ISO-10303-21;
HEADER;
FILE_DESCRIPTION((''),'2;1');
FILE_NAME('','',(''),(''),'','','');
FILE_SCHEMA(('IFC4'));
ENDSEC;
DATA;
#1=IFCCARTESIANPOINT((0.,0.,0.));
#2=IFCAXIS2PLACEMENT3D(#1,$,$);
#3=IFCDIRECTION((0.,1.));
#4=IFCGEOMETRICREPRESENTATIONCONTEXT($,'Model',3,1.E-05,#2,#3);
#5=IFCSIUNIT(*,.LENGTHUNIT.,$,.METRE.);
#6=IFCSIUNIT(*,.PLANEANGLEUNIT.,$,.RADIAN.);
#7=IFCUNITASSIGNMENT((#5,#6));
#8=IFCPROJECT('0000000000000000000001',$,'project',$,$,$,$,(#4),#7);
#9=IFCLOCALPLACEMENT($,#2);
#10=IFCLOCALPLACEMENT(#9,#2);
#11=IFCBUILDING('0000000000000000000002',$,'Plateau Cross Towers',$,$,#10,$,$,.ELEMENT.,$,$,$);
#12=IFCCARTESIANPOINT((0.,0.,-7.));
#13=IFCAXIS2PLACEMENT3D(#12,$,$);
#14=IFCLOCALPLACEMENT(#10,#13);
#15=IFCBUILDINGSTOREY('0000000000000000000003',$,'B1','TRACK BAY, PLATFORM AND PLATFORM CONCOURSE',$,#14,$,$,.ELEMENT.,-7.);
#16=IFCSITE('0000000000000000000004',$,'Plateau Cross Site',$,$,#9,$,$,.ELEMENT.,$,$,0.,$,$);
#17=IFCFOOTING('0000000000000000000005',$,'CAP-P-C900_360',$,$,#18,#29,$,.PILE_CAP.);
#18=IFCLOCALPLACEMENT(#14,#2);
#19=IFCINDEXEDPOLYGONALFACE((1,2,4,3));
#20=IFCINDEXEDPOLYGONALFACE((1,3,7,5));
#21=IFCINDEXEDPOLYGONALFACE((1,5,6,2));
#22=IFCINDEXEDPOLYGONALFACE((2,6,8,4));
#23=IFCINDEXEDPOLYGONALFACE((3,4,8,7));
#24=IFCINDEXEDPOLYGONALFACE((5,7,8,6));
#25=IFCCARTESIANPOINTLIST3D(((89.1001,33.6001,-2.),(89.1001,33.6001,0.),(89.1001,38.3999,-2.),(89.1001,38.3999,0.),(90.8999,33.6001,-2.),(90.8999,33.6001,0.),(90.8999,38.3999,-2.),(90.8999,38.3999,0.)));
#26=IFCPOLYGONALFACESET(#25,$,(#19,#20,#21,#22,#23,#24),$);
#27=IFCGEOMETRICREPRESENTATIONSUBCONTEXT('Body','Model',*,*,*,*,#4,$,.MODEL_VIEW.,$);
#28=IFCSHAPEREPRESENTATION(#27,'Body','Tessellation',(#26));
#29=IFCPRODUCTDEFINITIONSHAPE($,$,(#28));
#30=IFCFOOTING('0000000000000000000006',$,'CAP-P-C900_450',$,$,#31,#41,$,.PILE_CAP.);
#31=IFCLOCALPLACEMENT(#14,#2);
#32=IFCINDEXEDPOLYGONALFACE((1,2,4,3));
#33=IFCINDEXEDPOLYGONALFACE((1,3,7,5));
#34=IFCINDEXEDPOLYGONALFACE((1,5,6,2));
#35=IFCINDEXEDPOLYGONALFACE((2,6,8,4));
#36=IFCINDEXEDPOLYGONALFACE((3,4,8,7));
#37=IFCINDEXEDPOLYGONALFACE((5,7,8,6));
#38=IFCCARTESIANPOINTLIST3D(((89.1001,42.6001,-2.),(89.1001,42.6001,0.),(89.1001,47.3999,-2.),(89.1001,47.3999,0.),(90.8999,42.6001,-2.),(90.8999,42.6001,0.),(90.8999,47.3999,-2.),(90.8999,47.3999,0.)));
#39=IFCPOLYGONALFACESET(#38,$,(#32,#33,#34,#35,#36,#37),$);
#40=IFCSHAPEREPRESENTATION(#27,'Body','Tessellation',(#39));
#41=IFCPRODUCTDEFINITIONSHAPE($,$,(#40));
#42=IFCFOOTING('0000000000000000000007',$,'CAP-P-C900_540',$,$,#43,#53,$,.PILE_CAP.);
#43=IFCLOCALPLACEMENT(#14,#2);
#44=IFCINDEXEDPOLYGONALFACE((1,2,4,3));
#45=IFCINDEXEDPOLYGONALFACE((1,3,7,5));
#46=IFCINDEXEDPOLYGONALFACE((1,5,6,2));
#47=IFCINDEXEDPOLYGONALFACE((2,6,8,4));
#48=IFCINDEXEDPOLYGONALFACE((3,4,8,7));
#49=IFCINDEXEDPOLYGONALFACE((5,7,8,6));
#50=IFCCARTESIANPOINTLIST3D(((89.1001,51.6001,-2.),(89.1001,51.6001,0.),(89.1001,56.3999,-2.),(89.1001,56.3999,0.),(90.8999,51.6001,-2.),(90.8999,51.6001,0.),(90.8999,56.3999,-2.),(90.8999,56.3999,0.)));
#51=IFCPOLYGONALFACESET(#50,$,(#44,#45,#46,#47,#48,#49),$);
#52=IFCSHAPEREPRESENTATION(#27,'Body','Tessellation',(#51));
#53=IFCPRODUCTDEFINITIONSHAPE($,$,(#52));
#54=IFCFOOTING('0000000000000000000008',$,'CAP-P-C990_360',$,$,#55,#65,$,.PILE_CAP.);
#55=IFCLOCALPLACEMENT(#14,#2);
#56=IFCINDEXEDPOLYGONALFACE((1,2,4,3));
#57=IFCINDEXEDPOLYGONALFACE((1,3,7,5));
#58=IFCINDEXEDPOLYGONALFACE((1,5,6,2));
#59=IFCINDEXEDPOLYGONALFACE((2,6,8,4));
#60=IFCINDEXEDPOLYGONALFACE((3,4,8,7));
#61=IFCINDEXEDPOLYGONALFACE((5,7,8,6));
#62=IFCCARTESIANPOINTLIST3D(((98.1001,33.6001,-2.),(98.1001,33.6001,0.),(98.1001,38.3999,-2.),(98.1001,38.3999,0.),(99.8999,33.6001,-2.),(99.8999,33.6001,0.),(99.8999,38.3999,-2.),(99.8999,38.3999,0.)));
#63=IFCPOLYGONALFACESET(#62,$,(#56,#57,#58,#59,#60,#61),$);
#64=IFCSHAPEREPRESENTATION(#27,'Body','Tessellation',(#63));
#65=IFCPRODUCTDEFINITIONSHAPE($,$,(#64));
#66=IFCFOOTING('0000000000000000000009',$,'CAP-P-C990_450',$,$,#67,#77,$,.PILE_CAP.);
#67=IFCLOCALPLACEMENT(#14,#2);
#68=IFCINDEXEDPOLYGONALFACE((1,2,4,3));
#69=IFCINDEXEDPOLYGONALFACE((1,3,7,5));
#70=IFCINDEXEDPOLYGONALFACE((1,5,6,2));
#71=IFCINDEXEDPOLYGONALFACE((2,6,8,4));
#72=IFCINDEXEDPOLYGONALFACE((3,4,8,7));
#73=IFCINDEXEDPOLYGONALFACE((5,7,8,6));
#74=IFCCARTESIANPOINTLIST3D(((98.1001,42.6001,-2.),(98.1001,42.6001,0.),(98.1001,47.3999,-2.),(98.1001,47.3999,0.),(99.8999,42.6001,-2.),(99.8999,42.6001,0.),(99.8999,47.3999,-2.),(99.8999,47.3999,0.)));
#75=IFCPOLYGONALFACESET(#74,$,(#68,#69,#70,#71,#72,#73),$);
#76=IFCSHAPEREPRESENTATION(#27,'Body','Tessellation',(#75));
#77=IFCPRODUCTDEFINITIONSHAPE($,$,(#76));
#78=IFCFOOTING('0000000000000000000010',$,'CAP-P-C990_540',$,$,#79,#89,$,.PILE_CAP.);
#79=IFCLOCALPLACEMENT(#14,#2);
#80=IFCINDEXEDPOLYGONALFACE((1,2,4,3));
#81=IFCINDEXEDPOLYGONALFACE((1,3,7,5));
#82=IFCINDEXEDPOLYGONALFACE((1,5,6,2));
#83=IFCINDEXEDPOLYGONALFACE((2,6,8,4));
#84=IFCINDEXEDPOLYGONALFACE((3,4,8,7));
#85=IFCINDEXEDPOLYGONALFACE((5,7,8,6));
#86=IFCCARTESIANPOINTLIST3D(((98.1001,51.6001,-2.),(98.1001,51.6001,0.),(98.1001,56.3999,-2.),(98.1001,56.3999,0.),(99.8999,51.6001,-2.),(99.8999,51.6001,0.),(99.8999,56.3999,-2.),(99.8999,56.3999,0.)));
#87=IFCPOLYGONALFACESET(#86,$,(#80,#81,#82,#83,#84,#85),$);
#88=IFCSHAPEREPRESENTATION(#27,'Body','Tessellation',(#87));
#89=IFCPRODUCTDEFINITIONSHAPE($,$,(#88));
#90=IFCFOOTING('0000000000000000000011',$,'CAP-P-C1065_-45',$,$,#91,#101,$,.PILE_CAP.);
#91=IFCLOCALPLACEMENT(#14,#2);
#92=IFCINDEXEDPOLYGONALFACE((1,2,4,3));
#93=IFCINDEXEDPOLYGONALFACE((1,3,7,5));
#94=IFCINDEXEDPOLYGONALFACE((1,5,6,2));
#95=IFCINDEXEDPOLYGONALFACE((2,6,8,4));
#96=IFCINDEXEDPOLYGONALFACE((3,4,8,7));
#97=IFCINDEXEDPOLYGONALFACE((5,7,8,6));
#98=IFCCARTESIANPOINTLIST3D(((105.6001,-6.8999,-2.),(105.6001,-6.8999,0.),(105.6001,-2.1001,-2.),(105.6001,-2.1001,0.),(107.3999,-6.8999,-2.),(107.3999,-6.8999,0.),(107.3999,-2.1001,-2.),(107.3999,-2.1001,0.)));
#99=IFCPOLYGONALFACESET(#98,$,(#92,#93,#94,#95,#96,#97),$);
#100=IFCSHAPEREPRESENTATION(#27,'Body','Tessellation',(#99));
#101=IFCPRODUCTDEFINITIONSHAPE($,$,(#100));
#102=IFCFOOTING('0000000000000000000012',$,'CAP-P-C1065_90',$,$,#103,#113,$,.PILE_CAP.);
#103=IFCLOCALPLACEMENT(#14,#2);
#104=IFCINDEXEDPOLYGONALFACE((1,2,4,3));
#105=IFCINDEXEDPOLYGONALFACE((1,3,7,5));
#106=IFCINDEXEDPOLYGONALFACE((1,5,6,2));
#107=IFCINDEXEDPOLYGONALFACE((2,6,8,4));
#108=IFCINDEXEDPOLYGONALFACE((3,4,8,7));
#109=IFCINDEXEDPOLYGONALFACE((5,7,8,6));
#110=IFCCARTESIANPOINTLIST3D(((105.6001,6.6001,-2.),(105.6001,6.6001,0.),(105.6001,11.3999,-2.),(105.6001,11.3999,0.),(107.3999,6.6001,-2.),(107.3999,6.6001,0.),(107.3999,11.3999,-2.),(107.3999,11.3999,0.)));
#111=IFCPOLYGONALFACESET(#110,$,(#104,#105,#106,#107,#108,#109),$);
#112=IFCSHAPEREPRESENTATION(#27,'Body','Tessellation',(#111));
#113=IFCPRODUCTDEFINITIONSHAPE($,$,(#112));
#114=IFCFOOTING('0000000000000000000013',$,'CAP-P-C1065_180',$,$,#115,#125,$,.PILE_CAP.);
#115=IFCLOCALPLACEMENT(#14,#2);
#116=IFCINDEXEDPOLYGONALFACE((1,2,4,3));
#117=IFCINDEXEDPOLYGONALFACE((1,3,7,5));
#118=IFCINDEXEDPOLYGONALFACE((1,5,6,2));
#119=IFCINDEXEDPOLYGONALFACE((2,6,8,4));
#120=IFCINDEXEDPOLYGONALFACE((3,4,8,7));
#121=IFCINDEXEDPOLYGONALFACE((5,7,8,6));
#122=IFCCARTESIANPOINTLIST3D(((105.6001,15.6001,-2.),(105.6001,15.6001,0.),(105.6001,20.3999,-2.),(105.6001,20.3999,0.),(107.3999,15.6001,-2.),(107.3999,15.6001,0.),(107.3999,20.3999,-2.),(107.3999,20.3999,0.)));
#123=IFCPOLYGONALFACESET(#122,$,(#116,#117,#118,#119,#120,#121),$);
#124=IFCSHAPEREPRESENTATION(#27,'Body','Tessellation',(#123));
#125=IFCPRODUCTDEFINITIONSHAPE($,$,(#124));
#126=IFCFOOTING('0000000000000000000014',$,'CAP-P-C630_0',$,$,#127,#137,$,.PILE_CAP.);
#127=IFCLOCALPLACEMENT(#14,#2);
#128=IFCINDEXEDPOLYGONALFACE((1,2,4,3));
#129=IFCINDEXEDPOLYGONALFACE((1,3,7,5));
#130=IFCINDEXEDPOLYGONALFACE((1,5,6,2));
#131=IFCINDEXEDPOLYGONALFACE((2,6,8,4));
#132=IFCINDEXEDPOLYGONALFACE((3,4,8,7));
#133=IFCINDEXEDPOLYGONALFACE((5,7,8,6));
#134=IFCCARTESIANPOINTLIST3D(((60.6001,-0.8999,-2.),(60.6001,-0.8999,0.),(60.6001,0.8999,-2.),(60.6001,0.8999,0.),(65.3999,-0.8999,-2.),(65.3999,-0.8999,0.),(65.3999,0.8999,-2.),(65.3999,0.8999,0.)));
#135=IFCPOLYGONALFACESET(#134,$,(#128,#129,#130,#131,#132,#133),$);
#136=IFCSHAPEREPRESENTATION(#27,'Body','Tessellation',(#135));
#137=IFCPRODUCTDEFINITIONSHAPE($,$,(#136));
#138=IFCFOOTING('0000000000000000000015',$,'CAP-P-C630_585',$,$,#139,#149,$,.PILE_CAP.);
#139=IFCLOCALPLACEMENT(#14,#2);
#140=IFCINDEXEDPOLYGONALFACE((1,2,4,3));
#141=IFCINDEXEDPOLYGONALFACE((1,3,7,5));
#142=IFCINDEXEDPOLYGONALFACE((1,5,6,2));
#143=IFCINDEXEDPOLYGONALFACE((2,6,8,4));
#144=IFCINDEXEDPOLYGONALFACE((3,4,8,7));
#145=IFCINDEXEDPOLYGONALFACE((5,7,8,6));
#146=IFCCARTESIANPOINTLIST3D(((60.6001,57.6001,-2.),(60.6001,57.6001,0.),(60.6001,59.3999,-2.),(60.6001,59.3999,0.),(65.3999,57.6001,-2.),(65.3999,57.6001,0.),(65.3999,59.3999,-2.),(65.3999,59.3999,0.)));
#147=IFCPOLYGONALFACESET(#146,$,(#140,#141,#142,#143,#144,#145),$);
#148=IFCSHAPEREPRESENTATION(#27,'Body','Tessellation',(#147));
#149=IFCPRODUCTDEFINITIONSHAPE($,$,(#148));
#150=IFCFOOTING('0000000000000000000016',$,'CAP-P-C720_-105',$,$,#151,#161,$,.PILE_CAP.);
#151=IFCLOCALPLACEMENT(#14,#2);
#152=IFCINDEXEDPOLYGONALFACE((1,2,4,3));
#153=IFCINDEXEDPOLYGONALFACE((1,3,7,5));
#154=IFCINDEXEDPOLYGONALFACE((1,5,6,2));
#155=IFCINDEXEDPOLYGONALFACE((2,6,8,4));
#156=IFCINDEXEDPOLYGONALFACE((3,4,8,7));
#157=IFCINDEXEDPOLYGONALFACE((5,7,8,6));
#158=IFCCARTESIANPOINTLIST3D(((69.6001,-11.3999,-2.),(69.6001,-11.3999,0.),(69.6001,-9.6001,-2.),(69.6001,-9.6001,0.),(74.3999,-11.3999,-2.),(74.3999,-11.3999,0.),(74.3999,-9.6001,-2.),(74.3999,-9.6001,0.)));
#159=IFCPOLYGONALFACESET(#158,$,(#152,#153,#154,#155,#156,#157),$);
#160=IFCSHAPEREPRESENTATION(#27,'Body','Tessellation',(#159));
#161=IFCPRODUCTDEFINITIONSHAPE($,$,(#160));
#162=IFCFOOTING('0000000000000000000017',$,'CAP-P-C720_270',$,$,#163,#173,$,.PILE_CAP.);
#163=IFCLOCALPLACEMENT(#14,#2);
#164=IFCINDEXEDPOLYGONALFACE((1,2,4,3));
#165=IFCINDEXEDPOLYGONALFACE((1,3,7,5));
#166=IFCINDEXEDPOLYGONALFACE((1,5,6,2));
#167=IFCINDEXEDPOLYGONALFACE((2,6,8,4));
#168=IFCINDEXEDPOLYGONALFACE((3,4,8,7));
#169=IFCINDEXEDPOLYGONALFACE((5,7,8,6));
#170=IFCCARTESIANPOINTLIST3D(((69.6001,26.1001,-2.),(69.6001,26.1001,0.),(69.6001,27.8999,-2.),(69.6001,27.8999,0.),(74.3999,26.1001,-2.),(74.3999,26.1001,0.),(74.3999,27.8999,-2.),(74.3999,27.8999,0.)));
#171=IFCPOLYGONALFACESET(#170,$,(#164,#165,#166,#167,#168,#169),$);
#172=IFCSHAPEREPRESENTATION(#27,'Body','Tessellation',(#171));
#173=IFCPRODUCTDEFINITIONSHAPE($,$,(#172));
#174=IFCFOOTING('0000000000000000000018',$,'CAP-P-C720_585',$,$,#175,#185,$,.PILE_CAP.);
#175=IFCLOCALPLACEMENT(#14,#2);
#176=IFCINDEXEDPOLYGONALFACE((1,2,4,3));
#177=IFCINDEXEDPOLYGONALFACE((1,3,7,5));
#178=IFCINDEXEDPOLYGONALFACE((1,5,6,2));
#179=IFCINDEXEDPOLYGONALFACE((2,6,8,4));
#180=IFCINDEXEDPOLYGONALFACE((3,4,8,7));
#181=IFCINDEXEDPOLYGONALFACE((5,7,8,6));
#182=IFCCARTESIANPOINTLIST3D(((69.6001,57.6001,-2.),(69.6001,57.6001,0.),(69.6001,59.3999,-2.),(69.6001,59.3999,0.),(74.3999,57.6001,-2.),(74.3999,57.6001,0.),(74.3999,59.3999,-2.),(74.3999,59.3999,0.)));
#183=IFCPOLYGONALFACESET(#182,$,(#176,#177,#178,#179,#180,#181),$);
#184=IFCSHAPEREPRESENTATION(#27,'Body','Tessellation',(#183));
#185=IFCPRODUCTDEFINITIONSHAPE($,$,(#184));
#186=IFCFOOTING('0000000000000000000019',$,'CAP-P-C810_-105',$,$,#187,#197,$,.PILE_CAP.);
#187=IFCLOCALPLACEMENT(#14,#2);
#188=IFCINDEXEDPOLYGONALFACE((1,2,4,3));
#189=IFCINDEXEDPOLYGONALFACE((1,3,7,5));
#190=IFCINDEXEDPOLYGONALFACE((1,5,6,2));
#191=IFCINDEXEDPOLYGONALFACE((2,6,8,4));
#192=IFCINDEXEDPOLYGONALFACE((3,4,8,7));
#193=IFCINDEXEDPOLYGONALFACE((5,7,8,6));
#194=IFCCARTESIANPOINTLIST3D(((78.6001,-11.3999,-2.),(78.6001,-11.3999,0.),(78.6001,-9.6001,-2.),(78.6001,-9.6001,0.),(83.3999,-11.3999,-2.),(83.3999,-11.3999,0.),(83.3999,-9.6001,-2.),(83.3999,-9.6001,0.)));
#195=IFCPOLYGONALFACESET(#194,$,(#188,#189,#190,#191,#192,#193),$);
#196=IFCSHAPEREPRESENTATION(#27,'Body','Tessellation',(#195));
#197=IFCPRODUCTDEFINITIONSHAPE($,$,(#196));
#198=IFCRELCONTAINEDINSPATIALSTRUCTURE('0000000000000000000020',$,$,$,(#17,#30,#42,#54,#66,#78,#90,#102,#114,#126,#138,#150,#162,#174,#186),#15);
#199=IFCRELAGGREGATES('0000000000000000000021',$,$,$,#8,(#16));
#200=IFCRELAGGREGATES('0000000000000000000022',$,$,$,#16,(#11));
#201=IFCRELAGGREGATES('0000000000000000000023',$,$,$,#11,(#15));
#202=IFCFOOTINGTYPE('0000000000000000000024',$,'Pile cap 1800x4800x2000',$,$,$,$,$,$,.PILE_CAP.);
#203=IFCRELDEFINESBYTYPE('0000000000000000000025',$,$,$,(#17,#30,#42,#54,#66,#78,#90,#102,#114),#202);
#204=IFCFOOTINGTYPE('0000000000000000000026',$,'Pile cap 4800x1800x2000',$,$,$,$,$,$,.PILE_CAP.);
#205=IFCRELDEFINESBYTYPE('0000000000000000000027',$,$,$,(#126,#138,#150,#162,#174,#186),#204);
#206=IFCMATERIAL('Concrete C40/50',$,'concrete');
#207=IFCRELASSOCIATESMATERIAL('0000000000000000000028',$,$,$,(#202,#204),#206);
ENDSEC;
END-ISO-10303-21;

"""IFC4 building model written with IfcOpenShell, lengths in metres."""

from ifc_helpers import new_model, si_unit, direction, frame, origin, place, context, subcontext, project, spatial, polyline, outline, extrude, material, type_object, element, save


model = new_model("IFC4")

# Units and contexts
model_context = context("Model", 3, precision=1e-05, world=origin(), true_north=direction((0.0, 1.0)))
body_context = subcontext(model_context, "Body", "Model", "MODEL_VIEW")
ifc_project = project(units=[si_unit("LENGTHUNIT", "METRE"), si_unit("PLANEANGLEUNIT", "RADIAN")], contexts=[model_context])

# Site, building, storey
site_placement = place(None, origin())
site = spatial("IfcSite", under=ifc_project, at=site_placement, Name="Plateau Cross Site", CompositionType="ELEMENT", RefElevation=0.0)
building_placement = place(site_placement, origin())
building = spatial("IfcBuilding", under=site, at=building_placement, Name="Plateau Cross Towers", CompositionType="ELEMENT")
storey_placement = place(building_placement, frame((0.0, 0.0, -7.0)))
storey = spatial("IfcBuildingStorey", under=building, at=storey_placement, Name="B1", Description="TRACK BAY, PLATFORM AND PLATFORM CONCOURSE", CompositionType="ELEMENT", Elevation=-7.0)

# Footings
ifc_material = material(Name="Concrete C40/50", Category="concrete")
footing_type_1 = type_object("IfcFootingType", Name="Pile cap 1800x4800x2000", PredefinedType="PILE_CAP", material=ifc_material)
footing_1_placement = place(storey_placement, frame((0.0, 0.0, -2.0)))
element("IfcFooting", 1, at=footing_1_placement, inside=storey, type_object=footing_type_1, Name="CAP-P-C900_360", PredefinedType="PILE_CAP", context=body_context, shape_type="SweptSolid", body=[
    extrude(outline(polyline([(90.8999, 33.6001), (90.8999, 38.3999), (89.1001, 38.3999), (89.1001, 33.6001), (90.8999, 33.6001)])), origin(), (0.0, 0.0, 1.0), 2.0),
])
footing_2_placement = place(storey_placement, frame((0.0, 0.0, -2.0)))
element("IfcFooting", 2, at=footing_2_placement, inside=storey, type_object=footing_type_1, Name="CAP-P-C900_450", PredefinedType="PILE_CAP", context=body_context, shape_type="SweptSolid", body=[
    extrude(outline(polyline([(90.8999, 42.6001), (90.8999, 47.3999), (89.1001, 47.3999), (89.1001, 42.6001), (90.8999, 42.6001)])), origin(), (0.0, 0.0, 1.0), 2.0),
])
footing_3_placement = place(storey_placement, frame((0.0, 0.0, -2.0)))
element("IfcFooting", 3, at=footing_3_placement, inside=storey, type_object=footing_type_1, Name="CAP-P-C900_540", PredefinedType="PILE_CAP", context=body_context, shape_type="SweptSolid", body=[
    extrude(outline(polyline([(90.8999, 51.6001), (90.8999, 56.3999), (89.1001, 56.3999), (89.1001, 51.6001), (90.8999, 51.6001)])), origin(), (0.0, 0.0, 1.0), 2.0),
])
footing_4_placement = place(storey_placement, frame((0.0, 0.0, -2.0)))
element("IfcFooting", 4, at=footing_4_placement, inside=storey, type_object=footing_type_1, Name="CAP-P-C990_360", PredefinedType="PILE_CAP", context=body_context, shape_type="SweptSolid", body=[
    extrude(outline(polyline([(99.8999, 33.6001), (99.8999, 38.3999), (98.1001, 38.3999), (98.1001, 33.6001), (99.8999, 33.6001)])), origin(), (0.0, 0.0, 1.0), 2.0),
])
footing_5_placement = place(storey_placement, frame((0.0, 0.0, -2.0)))
element("IfcFooting", 5, at=footing_5_placement, inside=storey, type_object=footing_type_1, Name="CAP-P-C990_450", PredefinedType="PILE_CAP", context=body_context, shape_type="SweptSolid", body=[
    extrude(outline(polyline([(99.8999, 42.6001), (99.8999, 47.3999), (98.1001, 47.3999), (98.1001, 42.6001), (99.8999, 42.6001)])), origin(), (0.0, 0.0, 1.0), 2.0),
])
footing_6_placement = place(storey_placement, frame((0.0, 0.0, -2.0)))
element("IfcFooting", 6, at=footing_6_placement, inside=storey, type_object=footing_type_1, Name="CAP-P-C990_540", PredefinedType="PILE_CAP", context=body_context, shape_type="SweptSolid", body=[
    extrude(outline(polyline([(99.8999, 51.6001), (99.8999, 56.3999), (98.1001, 56.3999), (98.1001, 51.6001), (99.8999, 51.6001)])), origin(), (0.0, 0.0, 1.0), 2.0),
])
footing_7_placement = place(storey_placement, frame((0.0, 0.0, -2.0)))
element("IfcFooting", 7, at=footing_7_placement, inside=storey, type_object=footing_type_1, Name="CAP-P-C1065_-45", PredefinedType="PILE_CAP", context=body_context, shape_type="SweptSolid", body=[
    extrude(outline(polyline([(107.3999, -6.8999), (107.3999, -2.1001), (105.6001, -2.1001), (105.6001, -6.8999), (107.3999, -6.8999)])), origin(), (0.0, 0.0, 1.0), 2.0),
])
footing_8_placement = place(storey_placement, frame((0.0, 0.0, -2.0)))
element("IfcFooting", 8, at=footing_8_placement, inside=storey, type_object=footing_type_1, Name="CAP-P-C1065_90", PredefinedType="PILE_CAP", context=body_context, shape_type="SweptSolid", body=[
    extrude(outline(polyline([(107.3999, 6.6001), (107.3999, 11.3999), (105.6001, 11.3999), (105.6001, 6.6001), (107.3999, 6.6001)])), origin(), (0.0, 0.0, 1.0), 2.0),
])
footing_9_placement = place(storey_placement, frame((0.0, 0.0, -2.0)))
element("IfcFooting", 9, at=footing_9_placement, inside=storey, type_object=footing_type_1, Name="CAP-P-C1065_180", PredefinedType="PILE_CAP", context=body_context, shape_type="SweptSolid", body=[
    extrude(outline(polyline([(107.3999, 15.6001), (107.3999, 20.3999), (105.6001, 20.3999), (105.6001, 15.6001), (107.3999, 15.6001)])), origin(), (0.0, 0.0, 1.0), 2.0),
])
footing_type_2 = type_object("IfcFootingType", Name="Pile cap 4800x1800x2000", PredefinedType="PILE_CAP", material=ifc_material)
footing_10_placement = place(storey_placement, frame((0.0, 0.0, -2.0)))
element("IfcFooting", 10, at=footing_10_placement, inside=storey, type_object=footing_type_2, Name="CAP-P-C630_0", PredefinedType="PILE_CAP", context=body_context, shape_type="SweptSolid", body=[
    extrude(outline(polyline([(65.3999, -0.8999), (65.3999, 0.8999), (60.6001, 0.8999), (60.6001, -0.8999), (65.3999, -0.8999)])), origin(), (0.0, 0.0, 1.0), 2.0),
])
footing_11_placement = place(storey_placement, frame((0.0, 0.0, -2.0)))
element("IfcFooting", 11, at=footing_11_placement, inside=storey, type_object=footing_type_2, Name="CAP-P-C630_585", PredefinedType="PILE_CAP", context=body_context, shape_type="SweptSolid", body=[
    extrude(outline(polyline([(65.3999, 57.6001), (65.3999, 59.3999), (60.6001, 59.3999), (60.6001, 57.6001), (65.3999, 57.6001)])), origin(), (0.0, 0.0, 1.0), 2.0),
])
footing_12_placement = place(storey_placement, frame((0.0, 0.0, -2.0)))
element("IfcFooting", 12, at=footing_12_placement, inside=storey, type_object=footing_type_2, Name="CAP-P-C720_-105", PredefinedType="PILE_CAP", context=body_context, shape_type="SweptSolid", body=[
    extrude(outline(polyline([(74.3999, -11.3999), (74.3999, -9.6001), (69.6001, -9.6001), (69.6001, -11.3999), (74.3999, -11.3999)])), origin(), (0.0, 0.0, 1.0), 2.0),
])
footing_13_placement = place(storey_placement, frame((0.0, 0.0, -2.0)))
element("IfcFooting", 13, at=footing_13_placement, inside=storey, type_object=footing_type_2, Name="CAP-P-C720_270", PredefinedType="PILE_CAP", context=body_context, shape_type="SweptSolid", body=[
    extrude(outline(polyline([(74.3999, 26.1001), (74.3999, 27.8999), (69.6001, 27.8999), (69.6001, 26.1001), (74.3999, 26.1001)])), origin(), (0.0, 0.0, 1.0), 2.0),
])
footing_14_placement = place(storey_placement, frame((0.0, 0.0, -2.0)))
element("IfcFooting", 14, at=footing_14_placement, inside=storey, type_object=footing_type_2, Name="CAP-P-C720_585", PredefinedType="PILE_CAP", context=body_context, shape_type="SweptSolid", body=[
    extrude(outline(polyline([(74.3999, 57.6001), (74.3999, 59.3999), (69.6001, 59.3999), (69.6001, 57.6001), (74.3999, 57.6001)])), origin(), (0.0, 0.0, 1.0), 2.0),
])
footing_15_placement = place(storey_placement, frame((0.0, 0.0, -2.0)))
element("IfcFooting", 15, at=footing_15_placement, inside=storey, type_object=footing_type_2, Name="CAP-P-C810_-105", PredefinedType="PILE_CAP", context=body_context, shape_type="SweptSolid", body=[
    extrude(outline(polyline([(83.3999, -11.3999), (83.3999, -9.6001), (78.6001, -9.6001), (78.6001, -11.3999), (83.3999, -11.3999)])), origin(), (0.0, 0.0, 1.0), 2.0),
])

save(model, "model.ifc")
